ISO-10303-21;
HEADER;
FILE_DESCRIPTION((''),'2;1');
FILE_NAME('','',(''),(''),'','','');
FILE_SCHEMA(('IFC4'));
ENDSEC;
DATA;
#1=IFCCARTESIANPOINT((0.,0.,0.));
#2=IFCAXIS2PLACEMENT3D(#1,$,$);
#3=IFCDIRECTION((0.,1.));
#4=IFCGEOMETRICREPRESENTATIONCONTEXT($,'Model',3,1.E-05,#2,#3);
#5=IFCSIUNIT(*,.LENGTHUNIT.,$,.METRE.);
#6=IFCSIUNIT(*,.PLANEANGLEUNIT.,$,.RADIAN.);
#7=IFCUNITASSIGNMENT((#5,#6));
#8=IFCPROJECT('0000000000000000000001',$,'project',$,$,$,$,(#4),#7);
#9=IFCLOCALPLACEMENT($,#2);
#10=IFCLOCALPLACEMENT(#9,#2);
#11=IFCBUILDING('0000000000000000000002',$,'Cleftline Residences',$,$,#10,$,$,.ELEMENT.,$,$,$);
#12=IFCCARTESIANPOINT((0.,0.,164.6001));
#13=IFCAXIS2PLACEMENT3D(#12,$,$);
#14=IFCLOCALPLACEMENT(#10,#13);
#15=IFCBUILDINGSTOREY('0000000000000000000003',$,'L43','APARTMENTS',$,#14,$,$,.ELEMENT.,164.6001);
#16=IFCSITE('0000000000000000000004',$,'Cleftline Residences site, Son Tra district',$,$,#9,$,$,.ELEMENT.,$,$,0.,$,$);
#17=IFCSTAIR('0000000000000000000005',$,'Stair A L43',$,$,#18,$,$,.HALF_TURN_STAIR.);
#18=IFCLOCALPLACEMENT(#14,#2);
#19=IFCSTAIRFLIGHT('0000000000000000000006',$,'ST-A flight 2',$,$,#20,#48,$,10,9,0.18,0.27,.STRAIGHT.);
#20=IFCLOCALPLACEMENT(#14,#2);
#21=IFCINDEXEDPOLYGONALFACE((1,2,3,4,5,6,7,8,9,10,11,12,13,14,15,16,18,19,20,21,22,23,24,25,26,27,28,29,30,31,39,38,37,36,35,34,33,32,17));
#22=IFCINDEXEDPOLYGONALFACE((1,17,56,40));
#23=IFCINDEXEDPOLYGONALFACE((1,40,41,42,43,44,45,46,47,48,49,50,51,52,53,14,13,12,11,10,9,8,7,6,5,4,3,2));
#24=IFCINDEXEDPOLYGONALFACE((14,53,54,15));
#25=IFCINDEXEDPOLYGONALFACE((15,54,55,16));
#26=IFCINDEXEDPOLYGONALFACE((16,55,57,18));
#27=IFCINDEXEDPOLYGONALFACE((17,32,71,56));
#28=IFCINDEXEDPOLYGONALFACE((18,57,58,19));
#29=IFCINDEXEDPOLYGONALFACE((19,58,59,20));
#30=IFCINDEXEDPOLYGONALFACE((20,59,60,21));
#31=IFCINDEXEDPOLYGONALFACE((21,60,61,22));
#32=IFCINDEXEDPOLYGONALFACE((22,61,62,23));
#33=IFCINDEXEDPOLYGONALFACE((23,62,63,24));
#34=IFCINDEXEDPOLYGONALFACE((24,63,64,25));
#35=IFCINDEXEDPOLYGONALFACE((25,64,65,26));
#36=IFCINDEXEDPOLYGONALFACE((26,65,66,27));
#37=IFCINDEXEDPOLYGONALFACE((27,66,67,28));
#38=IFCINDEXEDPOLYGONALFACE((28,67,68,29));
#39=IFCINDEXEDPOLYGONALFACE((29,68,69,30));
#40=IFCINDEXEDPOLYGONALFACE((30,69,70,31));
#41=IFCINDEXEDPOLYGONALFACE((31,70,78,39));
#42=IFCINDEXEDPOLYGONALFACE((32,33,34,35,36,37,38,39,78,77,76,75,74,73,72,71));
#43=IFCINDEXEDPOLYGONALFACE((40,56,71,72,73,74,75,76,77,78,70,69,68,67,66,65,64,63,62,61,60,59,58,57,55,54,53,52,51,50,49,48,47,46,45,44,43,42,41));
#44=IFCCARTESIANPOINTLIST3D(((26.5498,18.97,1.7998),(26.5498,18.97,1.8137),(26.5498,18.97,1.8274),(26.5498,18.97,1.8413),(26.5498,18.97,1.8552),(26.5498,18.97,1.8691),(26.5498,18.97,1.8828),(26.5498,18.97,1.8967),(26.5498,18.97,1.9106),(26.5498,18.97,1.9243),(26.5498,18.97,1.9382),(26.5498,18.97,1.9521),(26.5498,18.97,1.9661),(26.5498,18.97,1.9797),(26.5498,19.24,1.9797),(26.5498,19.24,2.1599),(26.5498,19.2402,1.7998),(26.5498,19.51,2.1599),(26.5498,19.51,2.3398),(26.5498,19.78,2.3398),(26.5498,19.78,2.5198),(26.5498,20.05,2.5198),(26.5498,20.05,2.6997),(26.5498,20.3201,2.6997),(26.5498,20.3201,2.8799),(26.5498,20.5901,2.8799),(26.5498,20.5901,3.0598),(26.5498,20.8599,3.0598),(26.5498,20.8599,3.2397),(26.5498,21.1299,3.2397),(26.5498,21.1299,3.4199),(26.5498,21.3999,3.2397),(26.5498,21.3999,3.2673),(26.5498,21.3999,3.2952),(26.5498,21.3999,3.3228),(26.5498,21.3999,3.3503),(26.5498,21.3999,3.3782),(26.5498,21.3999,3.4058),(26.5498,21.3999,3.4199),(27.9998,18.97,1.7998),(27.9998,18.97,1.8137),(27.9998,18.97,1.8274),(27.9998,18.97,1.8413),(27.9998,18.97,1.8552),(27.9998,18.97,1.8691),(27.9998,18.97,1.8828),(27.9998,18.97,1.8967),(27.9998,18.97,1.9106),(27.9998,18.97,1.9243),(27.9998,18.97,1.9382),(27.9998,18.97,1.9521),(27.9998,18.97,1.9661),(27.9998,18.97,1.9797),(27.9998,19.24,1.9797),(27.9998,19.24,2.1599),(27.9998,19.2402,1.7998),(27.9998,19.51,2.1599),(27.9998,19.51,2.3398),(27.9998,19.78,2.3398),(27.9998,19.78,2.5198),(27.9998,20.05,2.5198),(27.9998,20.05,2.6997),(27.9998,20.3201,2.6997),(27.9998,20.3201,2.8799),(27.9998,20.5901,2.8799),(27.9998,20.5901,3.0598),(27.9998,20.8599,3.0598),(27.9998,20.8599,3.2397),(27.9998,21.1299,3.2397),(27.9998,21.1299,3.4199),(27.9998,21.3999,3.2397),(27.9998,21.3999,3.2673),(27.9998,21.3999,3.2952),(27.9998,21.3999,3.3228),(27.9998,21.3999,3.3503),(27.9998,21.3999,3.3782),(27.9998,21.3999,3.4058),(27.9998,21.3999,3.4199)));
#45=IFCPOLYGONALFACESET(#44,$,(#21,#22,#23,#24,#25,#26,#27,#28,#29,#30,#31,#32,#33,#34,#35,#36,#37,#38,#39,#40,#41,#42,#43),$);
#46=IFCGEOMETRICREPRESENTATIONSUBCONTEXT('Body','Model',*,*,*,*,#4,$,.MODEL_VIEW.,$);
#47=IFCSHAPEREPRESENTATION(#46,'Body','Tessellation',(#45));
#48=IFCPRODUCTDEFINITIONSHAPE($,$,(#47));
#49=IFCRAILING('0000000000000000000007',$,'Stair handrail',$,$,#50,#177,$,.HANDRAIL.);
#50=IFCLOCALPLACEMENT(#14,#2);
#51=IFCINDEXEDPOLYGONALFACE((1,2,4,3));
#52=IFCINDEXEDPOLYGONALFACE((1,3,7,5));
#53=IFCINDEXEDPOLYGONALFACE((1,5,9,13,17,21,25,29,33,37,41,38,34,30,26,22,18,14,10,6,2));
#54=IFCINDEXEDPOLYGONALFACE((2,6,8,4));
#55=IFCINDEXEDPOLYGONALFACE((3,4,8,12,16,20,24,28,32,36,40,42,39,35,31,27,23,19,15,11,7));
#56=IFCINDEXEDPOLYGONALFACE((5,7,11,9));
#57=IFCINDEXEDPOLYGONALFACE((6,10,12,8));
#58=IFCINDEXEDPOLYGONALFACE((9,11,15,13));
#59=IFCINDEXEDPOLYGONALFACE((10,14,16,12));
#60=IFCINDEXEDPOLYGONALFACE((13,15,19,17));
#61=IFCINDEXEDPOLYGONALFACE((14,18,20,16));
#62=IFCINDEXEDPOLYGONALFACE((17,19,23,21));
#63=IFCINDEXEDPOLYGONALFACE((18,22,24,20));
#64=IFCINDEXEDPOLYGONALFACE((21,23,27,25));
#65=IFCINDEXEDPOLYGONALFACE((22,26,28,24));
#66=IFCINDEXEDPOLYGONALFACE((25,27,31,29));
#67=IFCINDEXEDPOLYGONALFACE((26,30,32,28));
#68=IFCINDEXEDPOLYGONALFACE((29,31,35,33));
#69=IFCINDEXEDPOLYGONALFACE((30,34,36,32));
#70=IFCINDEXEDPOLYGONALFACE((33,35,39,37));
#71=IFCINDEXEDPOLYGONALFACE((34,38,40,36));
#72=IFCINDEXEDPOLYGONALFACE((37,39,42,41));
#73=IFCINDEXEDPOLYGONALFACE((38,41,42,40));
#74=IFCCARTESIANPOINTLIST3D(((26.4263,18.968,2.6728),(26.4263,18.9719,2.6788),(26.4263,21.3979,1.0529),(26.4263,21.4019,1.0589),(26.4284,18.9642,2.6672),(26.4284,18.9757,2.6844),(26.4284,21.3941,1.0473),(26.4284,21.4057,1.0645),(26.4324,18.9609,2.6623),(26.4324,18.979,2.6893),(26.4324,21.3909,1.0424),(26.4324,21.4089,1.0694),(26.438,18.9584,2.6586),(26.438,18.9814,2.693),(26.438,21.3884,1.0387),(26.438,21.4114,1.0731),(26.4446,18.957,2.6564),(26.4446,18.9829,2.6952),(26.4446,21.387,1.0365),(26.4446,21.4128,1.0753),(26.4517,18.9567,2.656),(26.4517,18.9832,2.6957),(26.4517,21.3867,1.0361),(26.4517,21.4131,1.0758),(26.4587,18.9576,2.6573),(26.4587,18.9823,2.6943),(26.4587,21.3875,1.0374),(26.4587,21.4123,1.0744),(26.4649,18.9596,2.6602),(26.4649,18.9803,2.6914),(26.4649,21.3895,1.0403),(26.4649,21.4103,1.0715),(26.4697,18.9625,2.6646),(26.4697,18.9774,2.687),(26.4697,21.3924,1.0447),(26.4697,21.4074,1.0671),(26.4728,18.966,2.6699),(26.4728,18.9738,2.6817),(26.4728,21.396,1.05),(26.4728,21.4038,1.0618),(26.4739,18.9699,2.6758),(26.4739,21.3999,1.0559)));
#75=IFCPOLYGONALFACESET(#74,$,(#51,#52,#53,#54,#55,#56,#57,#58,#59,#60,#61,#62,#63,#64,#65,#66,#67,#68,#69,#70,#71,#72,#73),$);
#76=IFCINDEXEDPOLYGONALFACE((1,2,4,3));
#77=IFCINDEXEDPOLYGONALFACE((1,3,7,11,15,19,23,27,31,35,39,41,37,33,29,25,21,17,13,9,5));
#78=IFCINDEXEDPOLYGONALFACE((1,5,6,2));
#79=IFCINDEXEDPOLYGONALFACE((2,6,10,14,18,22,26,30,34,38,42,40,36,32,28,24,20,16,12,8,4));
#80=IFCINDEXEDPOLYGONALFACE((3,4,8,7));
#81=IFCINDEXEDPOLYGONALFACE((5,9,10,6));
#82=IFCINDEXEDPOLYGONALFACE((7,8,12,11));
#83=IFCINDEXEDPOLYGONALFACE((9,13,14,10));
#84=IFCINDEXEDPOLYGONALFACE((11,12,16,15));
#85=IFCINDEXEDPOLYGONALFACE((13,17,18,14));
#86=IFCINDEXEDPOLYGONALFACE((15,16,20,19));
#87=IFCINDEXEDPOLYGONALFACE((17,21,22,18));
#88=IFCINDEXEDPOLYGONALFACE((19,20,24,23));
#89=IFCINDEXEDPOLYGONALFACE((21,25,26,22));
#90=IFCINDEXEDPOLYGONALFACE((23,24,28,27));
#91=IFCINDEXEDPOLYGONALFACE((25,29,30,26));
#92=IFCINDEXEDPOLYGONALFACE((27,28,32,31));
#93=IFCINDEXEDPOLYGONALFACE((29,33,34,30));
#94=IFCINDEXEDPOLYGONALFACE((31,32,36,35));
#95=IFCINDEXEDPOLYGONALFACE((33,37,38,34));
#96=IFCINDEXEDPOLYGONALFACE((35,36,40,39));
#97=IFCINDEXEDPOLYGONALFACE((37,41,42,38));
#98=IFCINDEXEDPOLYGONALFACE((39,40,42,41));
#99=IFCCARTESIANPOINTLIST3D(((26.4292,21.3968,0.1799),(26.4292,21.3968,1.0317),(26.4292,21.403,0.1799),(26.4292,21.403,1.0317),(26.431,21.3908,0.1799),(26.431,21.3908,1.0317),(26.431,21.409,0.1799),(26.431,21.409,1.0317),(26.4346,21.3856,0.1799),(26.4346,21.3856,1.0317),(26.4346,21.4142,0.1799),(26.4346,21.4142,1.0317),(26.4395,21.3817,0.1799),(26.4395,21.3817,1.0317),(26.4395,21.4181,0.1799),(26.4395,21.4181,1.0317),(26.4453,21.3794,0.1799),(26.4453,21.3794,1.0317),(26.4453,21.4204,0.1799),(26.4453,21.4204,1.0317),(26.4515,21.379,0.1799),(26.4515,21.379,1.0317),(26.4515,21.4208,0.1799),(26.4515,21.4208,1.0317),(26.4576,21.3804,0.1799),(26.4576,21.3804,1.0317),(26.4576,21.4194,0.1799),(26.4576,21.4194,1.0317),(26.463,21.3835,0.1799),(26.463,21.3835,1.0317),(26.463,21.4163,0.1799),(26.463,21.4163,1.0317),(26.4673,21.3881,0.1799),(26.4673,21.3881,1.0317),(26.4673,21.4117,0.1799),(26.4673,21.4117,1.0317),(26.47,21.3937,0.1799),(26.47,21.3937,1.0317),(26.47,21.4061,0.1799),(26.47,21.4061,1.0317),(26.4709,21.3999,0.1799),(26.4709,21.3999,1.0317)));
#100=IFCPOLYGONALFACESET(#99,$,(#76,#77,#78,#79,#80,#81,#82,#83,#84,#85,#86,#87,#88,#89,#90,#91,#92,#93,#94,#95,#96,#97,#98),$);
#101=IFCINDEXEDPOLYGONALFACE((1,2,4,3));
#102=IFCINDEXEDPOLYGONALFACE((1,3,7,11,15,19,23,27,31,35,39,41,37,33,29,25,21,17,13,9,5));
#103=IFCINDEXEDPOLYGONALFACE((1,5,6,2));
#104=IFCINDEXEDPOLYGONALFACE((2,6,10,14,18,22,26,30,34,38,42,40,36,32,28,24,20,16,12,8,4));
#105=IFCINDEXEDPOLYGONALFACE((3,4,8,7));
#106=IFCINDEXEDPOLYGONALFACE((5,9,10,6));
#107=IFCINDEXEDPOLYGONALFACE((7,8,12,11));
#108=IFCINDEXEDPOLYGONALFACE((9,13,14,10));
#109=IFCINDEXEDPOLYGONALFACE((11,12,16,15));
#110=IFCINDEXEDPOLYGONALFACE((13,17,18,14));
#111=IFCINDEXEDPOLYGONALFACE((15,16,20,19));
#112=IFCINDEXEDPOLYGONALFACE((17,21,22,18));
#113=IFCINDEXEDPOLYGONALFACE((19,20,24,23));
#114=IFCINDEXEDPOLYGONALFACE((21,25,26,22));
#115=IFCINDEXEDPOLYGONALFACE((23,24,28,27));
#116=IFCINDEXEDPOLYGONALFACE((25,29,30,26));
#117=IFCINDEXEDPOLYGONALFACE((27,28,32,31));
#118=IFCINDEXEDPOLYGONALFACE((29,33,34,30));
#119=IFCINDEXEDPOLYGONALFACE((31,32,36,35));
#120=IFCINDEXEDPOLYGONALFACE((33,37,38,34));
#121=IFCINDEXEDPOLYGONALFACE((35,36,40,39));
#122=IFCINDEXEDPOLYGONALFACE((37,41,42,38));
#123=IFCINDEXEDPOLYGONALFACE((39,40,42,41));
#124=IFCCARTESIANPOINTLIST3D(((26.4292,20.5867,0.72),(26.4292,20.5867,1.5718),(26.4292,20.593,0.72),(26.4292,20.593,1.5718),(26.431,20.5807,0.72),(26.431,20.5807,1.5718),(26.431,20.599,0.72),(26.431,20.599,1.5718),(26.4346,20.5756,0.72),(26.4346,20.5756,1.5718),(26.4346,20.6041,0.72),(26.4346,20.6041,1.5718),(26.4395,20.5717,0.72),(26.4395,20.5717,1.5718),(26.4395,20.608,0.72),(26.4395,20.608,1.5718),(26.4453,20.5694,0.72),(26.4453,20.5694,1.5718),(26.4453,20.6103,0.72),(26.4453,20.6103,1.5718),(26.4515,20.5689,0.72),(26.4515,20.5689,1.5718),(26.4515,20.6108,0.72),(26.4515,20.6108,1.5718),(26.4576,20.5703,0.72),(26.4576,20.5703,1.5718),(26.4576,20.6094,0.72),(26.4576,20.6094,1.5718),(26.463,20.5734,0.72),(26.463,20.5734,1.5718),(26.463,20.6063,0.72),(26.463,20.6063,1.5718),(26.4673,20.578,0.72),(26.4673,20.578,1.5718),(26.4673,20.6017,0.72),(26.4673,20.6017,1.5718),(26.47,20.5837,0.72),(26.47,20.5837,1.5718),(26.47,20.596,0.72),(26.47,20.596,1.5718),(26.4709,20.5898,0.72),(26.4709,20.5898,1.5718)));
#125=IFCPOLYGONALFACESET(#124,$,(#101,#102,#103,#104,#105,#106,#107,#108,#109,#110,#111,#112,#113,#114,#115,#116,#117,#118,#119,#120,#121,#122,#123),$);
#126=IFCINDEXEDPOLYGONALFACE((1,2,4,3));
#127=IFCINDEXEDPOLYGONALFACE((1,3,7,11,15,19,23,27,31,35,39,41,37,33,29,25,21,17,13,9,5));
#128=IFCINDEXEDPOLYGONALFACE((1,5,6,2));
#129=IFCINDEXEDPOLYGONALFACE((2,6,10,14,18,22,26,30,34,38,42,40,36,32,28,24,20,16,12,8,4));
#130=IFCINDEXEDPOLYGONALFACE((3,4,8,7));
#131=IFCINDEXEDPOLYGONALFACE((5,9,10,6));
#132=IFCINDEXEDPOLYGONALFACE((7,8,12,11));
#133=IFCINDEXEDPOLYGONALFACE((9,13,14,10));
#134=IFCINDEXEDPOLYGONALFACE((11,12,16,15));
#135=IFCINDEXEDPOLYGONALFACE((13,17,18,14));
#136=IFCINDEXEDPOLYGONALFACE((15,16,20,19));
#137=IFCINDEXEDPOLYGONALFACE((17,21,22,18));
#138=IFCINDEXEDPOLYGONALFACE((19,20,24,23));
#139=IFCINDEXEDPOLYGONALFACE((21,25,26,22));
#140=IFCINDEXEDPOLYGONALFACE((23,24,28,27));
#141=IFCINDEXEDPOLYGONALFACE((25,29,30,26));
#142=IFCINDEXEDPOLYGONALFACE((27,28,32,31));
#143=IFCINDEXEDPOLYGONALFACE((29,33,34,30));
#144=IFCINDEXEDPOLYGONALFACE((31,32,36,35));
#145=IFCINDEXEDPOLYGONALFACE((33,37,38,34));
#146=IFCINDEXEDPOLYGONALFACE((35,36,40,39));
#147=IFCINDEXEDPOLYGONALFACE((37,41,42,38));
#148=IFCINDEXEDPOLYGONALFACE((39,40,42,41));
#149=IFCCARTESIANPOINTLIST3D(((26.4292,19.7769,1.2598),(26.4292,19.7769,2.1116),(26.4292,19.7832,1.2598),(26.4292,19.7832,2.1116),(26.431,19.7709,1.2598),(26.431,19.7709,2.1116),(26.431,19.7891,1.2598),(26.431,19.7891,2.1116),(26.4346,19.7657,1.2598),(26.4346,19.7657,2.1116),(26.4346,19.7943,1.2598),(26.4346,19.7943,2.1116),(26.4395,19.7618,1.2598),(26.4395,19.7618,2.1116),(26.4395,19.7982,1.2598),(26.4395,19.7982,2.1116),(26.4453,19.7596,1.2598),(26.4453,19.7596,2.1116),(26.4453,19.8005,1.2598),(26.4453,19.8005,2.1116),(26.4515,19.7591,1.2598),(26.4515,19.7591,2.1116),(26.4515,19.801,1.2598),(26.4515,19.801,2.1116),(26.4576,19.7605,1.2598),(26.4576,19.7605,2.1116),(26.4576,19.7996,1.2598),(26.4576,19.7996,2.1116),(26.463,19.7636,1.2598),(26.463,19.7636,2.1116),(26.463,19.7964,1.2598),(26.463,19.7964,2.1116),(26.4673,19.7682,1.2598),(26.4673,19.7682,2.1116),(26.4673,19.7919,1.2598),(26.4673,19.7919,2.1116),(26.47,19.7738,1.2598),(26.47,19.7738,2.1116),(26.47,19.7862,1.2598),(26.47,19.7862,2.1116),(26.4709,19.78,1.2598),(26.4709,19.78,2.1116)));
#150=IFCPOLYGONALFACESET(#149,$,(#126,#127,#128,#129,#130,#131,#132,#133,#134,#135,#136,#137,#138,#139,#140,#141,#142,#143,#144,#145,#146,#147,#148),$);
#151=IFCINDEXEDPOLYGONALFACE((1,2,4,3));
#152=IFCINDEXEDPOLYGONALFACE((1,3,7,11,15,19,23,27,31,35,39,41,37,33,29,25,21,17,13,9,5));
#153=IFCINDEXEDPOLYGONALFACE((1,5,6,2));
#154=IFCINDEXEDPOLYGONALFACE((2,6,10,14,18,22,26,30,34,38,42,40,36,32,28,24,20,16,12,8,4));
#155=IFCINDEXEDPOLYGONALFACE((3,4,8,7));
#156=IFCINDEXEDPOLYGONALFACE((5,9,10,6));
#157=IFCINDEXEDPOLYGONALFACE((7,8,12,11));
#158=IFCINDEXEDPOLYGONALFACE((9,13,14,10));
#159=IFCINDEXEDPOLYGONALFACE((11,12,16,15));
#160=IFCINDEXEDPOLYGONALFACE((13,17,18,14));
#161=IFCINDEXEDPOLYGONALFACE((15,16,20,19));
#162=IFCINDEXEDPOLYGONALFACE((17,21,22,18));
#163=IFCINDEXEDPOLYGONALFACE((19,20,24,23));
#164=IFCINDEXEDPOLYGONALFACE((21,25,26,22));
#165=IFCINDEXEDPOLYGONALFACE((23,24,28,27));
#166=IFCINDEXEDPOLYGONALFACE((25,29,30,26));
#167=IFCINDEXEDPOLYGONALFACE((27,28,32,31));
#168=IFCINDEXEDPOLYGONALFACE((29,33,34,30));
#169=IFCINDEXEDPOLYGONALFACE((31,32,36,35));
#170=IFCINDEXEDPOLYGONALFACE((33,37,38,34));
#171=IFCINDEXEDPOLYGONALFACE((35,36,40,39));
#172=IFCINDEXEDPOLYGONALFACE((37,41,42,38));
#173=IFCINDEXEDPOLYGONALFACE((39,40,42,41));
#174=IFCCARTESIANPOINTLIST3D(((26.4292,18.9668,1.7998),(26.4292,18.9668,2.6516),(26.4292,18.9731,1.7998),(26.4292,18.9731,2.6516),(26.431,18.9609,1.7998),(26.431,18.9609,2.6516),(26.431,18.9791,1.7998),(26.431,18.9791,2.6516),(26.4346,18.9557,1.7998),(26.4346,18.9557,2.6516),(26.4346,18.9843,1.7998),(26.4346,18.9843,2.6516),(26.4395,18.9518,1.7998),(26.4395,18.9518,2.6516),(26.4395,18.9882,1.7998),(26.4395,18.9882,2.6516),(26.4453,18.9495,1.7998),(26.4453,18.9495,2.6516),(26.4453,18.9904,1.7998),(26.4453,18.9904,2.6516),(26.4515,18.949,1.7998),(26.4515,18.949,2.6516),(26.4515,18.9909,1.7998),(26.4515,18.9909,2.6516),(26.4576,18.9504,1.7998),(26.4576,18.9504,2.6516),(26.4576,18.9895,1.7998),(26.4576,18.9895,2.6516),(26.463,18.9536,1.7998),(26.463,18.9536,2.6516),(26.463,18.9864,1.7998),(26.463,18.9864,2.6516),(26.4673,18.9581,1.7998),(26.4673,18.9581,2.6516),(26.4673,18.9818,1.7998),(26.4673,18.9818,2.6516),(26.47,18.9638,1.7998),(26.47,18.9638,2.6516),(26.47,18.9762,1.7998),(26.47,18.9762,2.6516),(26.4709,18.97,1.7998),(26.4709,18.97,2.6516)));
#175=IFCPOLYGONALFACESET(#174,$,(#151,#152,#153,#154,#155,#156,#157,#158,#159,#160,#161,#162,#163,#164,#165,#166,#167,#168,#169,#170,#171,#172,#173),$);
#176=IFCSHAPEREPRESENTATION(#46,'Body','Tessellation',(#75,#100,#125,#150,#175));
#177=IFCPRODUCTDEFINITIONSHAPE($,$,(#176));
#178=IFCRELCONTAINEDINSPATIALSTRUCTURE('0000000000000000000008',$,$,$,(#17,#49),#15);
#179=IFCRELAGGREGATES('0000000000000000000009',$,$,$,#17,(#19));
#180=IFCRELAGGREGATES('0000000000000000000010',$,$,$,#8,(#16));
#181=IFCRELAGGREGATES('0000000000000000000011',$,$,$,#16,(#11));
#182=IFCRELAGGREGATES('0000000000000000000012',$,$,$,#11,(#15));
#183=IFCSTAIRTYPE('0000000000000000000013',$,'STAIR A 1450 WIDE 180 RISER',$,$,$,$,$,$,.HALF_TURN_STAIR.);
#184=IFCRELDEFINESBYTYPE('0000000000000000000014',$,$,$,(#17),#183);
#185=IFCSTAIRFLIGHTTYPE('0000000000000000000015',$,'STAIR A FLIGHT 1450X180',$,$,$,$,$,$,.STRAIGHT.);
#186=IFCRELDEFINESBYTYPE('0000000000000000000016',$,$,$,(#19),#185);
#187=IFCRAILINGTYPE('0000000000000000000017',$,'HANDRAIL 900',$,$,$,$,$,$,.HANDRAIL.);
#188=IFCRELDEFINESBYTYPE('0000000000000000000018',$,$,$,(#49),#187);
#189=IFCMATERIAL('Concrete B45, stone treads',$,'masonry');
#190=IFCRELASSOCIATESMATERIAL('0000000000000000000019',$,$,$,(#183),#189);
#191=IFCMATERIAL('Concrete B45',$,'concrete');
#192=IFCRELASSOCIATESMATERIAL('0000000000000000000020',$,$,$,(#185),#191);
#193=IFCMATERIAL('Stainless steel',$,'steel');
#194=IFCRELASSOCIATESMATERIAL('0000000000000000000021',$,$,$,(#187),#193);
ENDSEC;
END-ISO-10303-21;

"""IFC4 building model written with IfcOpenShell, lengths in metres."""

from ifc_helpers import new_model, si_unit, direction, frame, origin, origin_2d, place, context, subcontext, project, spatial, polyline, circle, outline, extrude, material, type_object, element, aggregate, save


model = new_model("IFC4")

# Units and contexts
model_context = context("Model", 3, precision=1e-05, world=origin(), true_north=direction((0.0, 1.0)))
body_context = subcontext(model_context, "Body", "Model", "MODEL_VIEW")
ifc_project = project(units=[si_unit("LENGTHUNIT", "METRE"), si_unit("PLANEANGLEUNIT", "RADIAN")], contexts=[model_context])

# Site, building, storey
site_placement = place(None, origin())
site = spatial("IfcSite", under=ifc_project, at=site_placement, Name="Cleftline Residences site, Son Tra district", CompositionType="ELEMENT", RefElevation=0.0)
building_placement = place(site_placement, origin())
building = spatial("IfcBuilding", under=site, at=building_placement, Name="Cleftline Residences", CompositionType="ELEMENT")
storey_placement = place(building_placement, frame((0.0, 0.0, 164.6001)))
storey = spatial("IfcBuildingStorey", under=building, at=storey_placement, Name="L43", Description="APARTMENTS", CompositionType="ELEMENT", Elevation=164.6001)

# Stair, stair flight
ifc_material_1 = material(Name="Concrete B45, stone treads", Category="masonry")
stair_type = type_object("IfcStairType", Name="STAIR A 1450 WIDE 180 RISER", PredefinedType="HALF_TURN_STAIR", material=ifc_material_1)
stair_placement = place(storey_placement, origin())
stair = element("IfcStair", 1, at=stair_placement, inside=storey, type_object=stair_type, Name="Stair A L43", PredefinedType="HALF_TURN_STAIR")
ifc_material_2 = material(Name="Concrete B45", Category="concrete")
stair_flight_type = type_object("IfcStairFlightType", Name="STAIR A FLIGHT 1450X180", PredefinedType="STRAIGHT", material=ifc_material_2)
stair_flight_1_placement = place(storey_placement, frame((27.2749, 18.97, 1.7998), z_axis=(0.0, 0.0, 1.0), x_axis=(0.0, 1.0, 0.0)))
stair_flight_1 = element("IfcStairFlight", 2, at=stair_flight_1_placement, type_object=stair_flight_type, Name="ST-A flight 2", NumberOfRisers=10, NumberOfTreads=9, PredefinedType="STRAIGHT", RiserHeight=0.18, TreadLength=0.27, context=body_context, shape_type="SweptSolid", body=[
    extrude(outline(polyline([(0.0, 0.0), (0.0, 0.0139), (0.0, 0.0276), (0.0, 0.0415), (0.0, 0.0554), (0.0, 0.0693), (0.0, 0.083), (0.0, 0.0969), (0.0, 0.1108), (0.0, 0.1245), (0.0, 0.1384), (0.0, 0.1523), (0.0, 0.1663), (0.0, 0.1799), (0.27, 0.1799), (0.27, 0.3601), (0.54, 0.3601), (0.54, 0.54), (0.8101, 0.54), (0.8101, 0.72), (1.0801, 0.72), (1.0801, 0.8999), (1.3501, 0.8999), (1.3501, 1.0801), (1.6201, 1.0801), (1.6201, 1.26), (1.8899, 1.26), (1.8899, 1.4399), (2.1599, 1.4399), (2.1599, 1.6201), (2.4299, 1.6201), (2.4299, 1.8), (2.4299, 1.7722), (2.4299, 1.7446), (2.4299, 1.7168), (2.4299, 1.6892), (2.4299, 1.6614), (2.4299, 1.6338), (2.4299, 1.606), (2.4299, 1.5784), (2.4299, 1.5505), (2.4299, 1.5229), (2.4299, 1.4954), (2.4299, 1.4675), (2.4299, 1.4399), (0.2703, 0.0), (0.0, 0.0)])), frame((0.0, 0.7251, 0.0), z_axis=(0.0, -1.0, 0.0), x_axis=(1.0, 0.0, 0.0)), (0.0, 0.0, 1.0), 1.45),
])
aggregate(stair, [stair_flight_1])

# Railing
ifc_material_3 = material(Name="Stainless steel", Category="steel")
railing_type = type_object("IfcRailingType", Name="HANDRAIL 900", PredefinedType="HANDRAIL", material=ifc_material_3)
railing_1_placement = place(storey_placement, frame((26.45, 21.3999, 0.1799)))
element("IfcRailing", 3, at=railing_1_placement, inside=storey, type_object=railing_type, Name="Stair handrail", PredefinedType="HANDRAIL", context=body_context, shape_type="SweptSolid", body=[
    extrude(circle(Radius=0.0239, at=origin_2d()), frame((0.0, 0.0, 0.876), z_axis=(0.0, -0.832063, 0.554681), x_axis=(1.0, 0.0, 0.0)), (0.0, 0.0, 1.0), 2.9204),
    extrude(circle(Radius=0.021, at=origin_2d()), origin(), (0.0, 0.0, 1.0), 0.8518),
    extrude(circle(Radius=0.021, at=origin_2d()), frame((0.0, -0.8101, 0.54)), (0.0, 0.0, 1.0), 0.8518),
    extrude(circle(Radius=0.021, at=origin_2d()), frame((0.0, -1.6199, 1.0798)), (0.0, 0.0, 1.0), 0.8518),
    extrude(circle(Radius=0.021, at=origin_2d()), frame((0.0, -2.4299, 1.6199)), (0.0, 0.0, 1.0), 0.8518),
])

save(model, "model.ifc")
